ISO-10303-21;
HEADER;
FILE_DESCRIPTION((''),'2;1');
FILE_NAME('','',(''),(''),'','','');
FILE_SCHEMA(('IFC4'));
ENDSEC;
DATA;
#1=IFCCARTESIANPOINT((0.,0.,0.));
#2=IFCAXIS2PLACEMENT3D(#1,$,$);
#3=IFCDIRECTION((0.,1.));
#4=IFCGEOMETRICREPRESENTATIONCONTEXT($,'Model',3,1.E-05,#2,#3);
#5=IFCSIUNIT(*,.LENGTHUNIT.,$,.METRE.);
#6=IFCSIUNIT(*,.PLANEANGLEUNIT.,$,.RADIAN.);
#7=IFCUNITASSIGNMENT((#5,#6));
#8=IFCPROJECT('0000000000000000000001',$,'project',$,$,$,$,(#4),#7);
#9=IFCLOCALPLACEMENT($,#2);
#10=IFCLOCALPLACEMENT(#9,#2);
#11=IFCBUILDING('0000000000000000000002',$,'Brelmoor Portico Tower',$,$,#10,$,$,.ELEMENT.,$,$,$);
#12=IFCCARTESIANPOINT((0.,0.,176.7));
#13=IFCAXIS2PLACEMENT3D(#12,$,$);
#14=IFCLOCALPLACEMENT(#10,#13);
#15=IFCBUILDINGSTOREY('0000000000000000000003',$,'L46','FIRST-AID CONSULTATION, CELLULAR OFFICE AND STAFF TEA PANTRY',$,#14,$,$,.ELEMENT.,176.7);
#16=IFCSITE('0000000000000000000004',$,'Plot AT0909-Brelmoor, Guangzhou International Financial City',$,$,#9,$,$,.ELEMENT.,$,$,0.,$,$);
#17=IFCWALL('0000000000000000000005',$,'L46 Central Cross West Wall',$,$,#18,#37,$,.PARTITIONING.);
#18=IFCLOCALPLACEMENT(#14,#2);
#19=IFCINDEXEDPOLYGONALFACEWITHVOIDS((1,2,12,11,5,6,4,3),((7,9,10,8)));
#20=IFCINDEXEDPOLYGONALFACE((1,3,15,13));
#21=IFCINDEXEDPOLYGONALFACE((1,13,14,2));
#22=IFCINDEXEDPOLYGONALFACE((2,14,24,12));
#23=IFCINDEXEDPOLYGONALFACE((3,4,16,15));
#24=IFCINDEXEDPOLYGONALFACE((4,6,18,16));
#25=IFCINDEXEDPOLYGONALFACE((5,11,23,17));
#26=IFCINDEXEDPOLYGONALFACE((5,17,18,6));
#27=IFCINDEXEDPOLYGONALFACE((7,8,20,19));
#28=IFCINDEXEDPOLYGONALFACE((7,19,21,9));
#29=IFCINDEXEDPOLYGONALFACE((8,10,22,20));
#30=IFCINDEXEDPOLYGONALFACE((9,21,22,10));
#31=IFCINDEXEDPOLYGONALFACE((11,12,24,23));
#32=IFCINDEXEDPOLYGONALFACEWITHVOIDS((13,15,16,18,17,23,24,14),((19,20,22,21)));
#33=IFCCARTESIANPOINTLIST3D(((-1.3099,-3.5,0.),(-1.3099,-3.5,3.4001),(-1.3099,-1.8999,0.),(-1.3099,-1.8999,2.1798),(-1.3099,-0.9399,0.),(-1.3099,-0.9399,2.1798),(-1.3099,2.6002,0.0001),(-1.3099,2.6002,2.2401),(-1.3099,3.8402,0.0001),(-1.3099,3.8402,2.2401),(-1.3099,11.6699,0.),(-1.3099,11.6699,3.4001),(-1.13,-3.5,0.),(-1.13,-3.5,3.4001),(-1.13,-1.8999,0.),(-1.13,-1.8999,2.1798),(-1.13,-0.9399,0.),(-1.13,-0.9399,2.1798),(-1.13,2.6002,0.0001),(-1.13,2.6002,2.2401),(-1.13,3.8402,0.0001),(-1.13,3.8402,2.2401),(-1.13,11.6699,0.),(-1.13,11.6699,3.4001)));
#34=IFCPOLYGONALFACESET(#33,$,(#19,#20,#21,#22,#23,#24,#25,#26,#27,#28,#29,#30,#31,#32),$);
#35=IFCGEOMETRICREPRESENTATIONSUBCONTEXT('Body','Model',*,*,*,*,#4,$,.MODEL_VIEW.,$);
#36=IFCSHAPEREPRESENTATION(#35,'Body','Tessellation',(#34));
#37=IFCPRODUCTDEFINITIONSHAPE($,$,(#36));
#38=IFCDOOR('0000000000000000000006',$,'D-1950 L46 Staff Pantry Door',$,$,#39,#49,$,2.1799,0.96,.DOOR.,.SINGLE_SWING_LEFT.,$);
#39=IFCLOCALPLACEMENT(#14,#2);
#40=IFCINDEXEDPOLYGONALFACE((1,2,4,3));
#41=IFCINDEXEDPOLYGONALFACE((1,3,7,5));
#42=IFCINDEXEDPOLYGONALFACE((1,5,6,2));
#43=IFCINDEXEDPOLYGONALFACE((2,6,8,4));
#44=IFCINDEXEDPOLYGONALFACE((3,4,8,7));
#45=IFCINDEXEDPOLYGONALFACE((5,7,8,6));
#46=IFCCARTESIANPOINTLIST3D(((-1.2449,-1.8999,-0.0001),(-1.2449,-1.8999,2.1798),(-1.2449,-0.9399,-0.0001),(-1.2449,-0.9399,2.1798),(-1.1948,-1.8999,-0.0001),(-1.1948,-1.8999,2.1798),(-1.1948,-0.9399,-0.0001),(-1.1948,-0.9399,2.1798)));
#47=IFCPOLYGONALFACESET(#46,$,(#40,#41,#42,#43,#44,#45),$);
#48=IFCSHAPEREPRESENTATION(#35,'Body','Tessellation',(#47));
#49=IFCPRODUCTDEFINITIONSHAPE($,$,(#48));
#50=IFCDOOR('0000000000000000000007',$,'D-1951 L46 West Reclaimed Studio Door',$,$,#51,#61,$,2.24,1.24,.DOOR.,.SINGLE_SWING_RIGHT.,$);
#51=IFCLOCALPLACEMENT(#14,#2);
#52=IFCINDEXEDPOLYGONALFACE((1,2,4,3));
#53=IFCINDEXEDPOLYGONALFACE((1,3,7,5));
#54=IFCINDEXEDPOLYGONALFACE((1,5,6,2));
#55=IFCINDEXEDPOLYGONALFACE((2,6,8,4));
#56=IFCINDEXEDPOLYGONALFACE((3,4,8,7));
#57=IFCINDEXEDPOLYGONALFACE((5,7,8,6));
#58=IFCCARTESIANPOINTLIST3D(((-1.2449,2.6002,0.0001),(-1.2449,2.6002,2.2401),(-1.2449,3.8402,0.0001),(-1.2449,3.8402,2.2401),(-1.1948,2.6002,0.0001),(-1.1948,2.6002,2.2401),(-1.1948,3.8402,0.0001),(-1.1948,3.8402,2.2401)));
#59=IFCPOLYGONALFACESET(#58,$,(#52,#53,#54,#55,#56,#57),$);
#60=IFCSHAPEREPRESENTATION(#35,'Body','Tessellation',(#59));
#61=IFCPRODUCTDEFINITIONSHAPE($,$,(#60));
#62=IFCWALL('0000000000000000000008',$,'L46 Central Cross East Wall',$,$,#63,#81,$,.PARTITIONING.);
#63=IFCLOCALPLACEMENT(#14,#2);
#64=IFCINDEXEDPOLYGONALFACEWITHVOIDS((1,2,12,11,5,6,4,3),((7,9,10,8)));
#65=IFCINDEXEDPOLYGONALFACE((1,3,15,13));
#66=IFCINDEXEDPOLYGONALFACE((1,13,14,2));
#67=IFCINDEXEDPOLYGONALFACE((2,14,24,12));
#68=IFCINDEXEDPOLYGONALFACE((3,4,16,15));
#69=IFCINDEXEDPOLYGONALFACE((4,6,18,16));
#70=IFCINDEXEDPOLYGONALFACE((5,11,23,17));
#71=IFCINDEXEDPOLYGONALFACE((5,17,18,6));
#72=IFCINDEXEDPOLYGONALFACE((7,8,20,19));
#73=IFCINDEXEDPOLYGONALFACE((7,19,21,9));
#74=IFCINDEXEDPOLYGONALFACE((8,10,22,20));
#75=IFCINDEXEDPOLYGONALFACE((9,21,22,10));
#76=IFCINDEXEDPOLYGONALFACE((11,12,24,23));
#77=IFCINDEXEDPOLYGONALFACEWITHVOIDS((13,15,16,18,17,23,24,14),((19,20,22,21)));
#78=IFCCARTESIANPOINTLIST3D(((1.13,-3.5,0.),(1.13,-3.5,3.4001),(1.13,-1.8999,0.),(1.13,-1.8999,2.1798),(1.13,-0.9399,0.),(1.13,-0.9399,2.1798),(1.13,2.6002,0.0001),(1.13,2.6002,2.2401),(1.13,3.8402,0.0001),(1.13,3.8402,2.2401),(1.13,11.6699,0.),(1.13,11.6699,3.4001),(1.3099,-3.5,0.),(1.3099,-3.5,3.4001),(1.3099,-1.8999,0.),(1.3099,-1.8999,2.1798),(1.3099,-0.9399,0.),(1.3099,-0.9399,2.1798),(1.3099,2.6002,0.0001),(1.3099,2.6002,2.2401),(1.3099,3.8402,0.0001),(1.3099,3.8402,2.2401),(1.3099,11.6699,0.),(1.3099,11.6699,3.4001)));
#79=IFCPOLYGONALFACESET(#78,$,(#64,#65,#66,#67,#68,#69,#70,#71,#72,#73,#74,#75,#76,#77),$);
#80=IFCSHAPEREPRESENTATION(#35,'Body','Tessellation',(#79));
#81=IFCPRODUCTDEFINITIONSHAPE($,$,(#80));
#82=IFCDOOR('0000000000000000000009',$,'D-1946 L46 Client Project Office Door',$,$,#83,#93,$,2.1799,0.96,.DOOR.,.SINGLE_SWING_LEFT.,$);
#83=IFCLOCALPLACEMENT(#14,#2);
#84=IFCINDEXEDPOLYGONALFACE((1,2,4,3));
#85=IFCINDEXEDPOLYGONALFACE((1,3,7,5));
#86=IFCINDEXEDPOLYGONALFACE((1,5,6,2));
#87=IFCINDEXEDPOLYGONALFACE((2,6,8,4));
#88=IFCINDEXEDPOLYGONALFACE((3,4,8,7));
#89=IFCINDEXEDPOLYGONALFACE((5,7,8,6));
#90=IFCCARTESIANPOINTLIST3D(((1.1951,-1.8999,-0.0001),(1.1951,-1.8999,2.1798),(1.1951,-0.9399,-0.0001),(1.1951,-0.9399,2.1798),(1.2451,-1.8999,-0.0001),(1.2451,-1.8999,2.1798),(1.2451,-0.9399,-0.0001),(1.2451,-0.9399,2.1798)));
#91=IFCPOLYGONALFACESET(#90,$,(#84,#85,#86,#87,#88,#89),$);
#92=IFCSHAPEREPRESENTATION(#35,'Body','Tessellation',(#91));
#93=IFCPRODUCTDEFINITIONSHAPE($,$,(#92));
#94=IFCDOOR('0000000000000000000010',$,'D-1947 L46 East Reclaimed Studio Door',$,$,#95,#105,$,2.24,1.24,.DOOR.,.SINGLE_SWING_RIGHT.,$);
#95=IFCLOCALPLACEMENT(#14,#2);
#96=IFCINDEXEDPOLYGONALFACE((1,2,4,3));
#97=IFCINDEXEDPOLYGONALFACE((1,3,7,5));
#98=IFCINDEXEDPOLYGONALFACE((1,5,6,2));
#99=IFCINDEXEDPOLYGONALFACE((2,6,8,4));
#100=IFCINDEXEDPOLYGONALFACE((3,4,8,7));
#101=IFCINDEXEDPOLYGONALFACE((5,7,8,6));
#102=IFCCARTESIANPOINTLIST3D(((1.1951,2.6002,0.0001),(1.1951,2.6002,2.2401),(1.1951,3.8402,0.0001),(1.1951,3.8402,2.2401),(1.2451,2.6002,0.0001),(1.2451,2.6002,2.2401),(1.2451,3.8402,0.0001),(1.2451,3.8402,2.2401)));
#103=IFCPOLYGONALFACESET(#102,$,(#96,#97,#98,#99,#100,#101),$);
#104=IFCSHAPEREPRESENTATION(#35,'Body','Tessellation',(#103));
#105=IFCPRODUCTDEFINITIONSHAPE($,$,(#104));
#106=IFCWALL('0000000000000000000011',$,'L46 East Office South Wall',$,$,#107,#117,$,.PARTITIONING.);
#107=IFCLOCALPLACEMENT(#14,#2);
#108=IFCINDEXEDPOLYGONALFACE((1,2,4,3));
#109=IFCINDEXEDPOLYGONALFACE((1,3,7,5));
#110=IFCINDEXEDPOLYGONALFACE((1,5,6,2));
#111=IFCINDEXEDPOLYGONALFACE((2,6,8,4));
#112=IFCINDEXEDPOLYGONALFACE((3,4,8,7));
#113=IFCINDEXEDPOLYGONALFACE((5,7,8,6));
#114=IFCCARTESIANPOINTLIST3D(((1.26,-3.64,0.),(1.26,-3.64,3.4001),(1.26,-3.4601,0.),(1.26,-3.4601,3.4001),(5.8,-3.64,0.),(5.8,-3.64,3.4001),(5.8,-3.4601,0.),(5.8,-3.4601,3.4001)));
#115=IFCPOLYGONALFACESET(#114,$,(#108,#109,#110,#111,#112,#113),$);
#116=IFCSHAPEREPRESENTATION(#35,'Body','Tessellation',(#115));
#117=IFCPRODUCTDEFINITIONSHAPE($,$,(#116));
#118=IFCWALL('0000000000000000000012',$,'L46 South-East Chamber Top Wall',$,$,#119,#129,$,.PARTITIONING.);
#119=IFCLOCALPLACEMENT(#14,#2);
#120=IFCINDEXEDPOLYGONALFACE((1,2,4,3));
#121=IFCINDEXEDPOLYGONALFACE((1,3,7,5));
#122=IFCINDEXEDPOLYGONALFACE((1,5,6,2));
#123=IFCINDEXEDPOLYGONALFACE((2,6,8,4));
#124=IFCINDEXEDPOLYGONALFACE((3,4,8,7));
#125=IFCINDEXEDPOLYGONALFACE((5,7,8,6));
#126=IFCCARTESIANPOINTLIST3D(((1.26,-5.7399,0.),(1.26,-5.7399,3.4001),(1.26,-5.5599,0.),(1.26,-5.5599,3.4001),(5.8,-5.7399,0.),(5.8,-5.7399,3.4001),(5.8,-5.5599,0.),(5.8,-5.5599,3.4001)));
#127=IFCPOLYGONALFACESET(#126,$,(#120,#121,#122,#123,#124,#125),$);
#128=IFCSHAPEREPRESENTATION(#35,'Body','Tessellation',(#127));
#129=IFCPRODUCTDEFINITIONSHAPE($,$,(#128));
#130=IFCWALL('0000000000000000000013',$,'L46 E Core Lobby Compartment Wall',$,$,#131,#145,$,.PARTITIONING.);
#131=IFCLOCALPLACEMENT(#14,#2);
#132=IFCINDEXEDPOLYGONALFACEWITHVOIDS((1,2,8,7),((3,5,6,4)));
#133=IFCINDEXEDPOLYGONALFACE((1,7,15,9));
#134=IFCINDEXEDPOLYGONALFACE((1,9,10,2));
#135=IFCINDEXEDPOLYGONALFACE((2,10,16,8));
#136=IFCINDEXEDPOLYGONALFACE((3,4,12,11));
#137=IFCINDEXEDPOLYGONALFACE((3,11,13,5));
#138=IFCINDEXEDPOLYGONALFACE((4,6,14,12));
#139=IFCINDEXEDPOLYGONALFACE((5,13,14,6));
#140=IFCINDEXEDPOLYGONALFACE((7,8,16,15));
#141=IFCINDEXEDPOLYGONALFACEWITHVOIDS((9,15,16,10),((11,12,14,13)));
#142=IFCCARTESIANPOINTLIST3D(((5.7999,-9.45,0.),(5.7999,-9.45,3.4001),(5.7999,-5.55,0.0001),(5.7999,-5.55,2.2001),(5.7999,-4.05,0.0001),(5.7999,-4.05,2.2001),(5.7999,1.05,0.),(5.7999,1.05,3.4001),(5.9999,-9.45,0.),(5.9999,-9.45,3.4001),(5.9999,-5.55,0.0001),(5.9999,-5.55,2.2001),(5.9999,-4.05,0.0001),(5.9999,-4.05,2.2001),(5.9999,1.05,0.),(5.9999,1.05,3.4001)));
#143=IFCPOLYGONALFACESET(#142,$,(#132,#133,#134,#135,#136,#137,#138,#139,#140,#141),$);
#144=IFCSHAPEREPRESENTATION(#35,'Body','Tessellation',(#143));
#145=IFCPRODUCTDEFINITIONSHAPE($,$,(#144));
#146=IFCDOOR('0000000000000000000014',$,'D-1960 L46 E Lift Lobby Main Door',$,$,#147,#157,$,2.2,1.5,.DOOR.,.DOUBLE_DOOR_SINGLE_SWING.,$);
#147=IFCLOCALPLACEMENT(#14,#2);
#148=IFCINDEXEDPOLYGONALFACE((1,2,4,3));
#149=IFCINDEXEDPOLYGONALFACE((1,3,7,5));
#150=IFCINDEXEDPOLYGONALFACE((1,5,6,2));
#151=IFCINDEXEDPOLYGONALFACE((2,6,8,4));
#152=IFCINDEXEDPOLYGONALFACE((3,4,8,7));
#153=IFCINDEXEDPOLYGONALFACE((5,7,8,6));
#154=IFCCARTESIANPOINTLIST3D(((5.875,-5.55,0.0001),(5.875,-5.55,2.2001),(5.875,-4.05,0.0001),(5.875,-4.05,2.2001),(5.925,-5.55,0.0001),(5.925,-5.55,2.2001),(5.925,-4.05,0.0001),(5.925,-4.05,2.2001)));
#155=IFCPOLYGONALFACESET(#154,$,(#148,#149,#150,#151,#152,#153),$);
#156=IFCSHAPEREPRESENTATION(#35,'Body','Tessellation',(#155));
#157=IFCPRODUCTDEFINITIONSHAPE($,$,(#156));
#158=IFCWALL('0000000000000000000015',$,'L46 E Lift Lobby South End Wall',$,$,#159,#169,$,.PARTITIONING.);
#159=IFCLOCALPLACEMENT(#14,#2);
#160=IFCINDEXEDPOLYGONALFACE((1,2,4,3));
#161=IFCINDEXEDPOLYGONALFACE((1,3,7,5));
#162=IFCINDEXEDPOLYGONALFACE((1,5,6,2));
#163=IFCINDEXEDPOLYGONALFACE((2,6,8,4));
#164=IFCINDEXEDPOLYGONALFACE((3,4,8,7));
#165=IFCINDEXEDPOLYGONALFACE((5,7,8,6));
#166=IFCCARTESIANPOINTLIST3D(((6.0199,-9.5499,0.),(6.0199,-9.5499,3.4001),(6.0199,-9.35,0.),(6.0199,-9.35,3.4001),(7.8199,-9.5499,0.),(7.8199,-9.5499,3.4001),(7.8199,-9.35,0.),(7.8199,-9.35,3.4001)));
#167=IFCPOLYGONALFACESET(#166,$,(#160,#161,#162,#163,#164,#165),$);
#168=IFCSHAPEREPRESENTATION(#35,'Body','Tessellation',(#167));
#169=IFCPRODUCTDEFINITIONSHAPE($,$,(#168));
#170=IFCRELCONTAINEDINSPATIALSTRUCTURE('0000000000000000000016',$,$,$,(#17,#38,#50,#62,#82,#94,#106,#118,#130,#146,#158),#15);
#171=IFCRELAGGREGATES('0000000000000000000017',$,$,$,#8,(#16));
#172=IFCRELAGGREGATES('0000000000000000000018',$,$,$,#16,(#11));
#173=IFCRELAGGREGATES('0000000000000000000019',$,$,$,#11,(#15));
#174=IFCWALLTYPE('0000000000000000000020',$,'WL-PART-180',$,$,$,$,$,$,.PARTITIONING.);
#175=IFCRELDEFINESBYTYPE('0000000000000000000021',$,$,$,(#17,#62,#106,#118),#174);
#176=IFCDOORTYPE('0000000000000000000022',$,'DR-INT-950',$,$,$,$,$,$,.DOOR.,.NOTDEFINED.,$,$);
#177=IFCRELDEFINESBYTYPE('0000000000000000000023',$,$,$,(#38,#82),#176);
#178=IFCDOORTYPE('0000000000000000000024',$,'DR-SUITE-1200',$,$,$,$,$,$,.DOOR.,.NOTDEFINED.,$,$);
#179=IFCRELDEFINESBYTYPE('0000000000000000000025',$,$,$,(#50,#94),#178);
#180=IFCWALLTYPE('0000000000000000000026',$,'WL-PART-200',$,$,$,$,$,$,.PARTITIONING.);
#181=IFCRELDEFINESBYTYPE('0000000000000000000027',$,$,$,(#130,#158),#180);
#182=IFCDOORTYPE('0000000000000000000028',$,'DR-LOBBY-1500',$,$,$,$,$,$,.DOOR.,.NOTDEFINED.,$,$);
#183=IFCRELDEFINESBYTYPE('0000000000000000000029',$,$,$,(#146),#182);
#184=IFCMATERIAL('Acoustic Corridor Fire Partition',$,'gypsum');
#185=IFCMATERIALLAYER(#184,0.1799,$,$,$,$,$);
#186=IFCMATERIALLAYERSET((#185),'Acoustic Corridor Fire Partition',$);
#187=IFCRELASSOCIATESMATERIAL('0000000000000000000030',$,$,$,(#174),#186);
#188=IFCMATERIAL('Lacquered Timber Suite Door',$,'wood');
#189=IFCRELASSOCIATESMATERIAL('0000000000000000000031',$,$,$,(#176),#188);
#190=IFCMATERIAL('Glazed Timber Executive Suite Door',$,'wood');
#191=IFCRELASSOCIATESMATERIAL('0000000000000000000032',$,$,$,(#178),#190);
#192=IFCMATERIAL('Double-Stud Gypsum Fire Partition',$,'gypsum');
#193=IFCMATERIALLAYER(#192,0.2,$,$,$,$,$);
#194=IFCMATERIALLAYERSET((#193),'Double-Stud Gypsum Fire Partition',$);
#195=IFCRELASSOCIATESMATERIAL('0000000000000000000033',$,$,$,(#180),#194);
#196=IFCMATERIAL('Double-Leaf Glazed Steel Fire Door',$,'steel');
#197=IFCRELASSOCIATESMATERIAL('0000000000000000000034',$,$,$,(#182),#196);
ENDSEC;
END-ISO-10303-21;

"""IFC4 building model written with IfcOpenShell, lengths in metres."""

from ifc_helpers import new_model, si_unit, direction, frame, frame_2d, origin, place, context, subcontext, project, spatial, rectangle, extrude, material, layer, layer_set, type_object, element, fill, save


model = new_model("IFC4")

# Units and contexts
model_context = context("Model", 3, precision=1e-05, world=origin(), true_north=direction((0.0, 1.0)))
body_context = subcontext(model_context, "Body", "Model", "MODEL_VIEW")
ifc_project = project(units=[si_unit("LENGTHUNIT", "METRE"), si_unit("PLANEANGLEUNIT", "RADIAN")], contexts=[model_context])

# Site, building, storey
site_placement = place(None, origin())
site = spatial("IfcSite", under=ifc_project, at=site_placement, Name="Plot AT0909-Brelmoor, Guangzhou International Financial City", CompositionType="ELEMENT", RefElevation=0.0)
building_placement = place(site_placement, origin())
building = spatial("IfcBuilding", under=site, at=building_placement, Name="Brelmoor Portico Tower", CompositionType="ELEMENT")
storey_placement = place(building_placement, frame((0.0, 0.0, 176.7)))
storey = spatial("IfcBuildingStorey", under=building, at=storey_placement, Name="L46", Description="FIRST-AID CONSULTATION, CELLULAR OFFICE AND STAFF TEA PANTRY", CompositionType="ELEMENT", Elevation=176.7)

# Walls, openings, doors
ifc_material_1 = material(Name="Acoustic Corridor Fire Partition", Category="gypsum")
ifc_layer_1 = layer(ifc_material_1, 0.1799)
ifc_layer_set_1 = layer_set([ifc_layer_1], Name="Acoustic Corridor Fire Partition")
wall_type_1 = type_object("IfcWallType", Name="WL-PART-180", PredefinedType="PARTITIONING", material=ifc_layer_set_1)
wall_1_placement = place(storey_placement, frame((-1.22, -3.5, 0.0), z_axis=(0.0, 0.0, 1.0), x_axis=(0.0, 1.0, 0.0)))
wall_1 = element("IfcWall", 1, at=wall_1_placement, inside=storey, type_object=wall_type_1, Name="L46 Central Cross West Wall", PredefinedType="PARTITIONING", context=body_context, shape_type="SweptSolid", body=[
    extrude(rectangle(XDim=15.1699, YDim=0.1799, at=frame_2d((7.585, 0.0))), origin(), (0.0, 0.0, 1.0), 3.4001),
])
opening_1_placement = place(wall_1_placement, frame((6.1001, 0.0, 0.0)))
opening_1 = element("IfcOpeningElement", 2, at=opening_1_placement, cuts=wall_1, PredefinedType="OPENING", context=body_context, shape_type="SweptSolid", body=[
    extrude(rectangle(XDim=1.24, YDim=2.24, at=frame_2d((0.6201, 1.1201))), frame((0.0, 0.0999, 0.0), z_axis=(0.0, -1.0, 0.0), x_axis=(1.0, 0.0, 0.0)), (0.0, 0.0, 1.0), 0.2),
])
opening_2_placement = place(wall_1_placement, frame((1.6001, 0.0, 0.0)))
opening_2 = element("IfcOpeningElement", 3, at=opening_2_placement, cuts=wall_1, PredefinedType="OPENING", context=body_context, shape_type="SweptSolid", body=[
    extrude(rectangle(XDim=0.96, YDim=2.1799, at=frame_2d((0.48, 1.0898))), frame((0.0, 0.0999, 0.0), z_axis=(0.0, -1.0, 0.0), x_axis=(1.0, 0.0, 0.0)), (0.0, 0.0, 1.0), 0.2),
])
ifc_material_2 = material(Name="Lacquered Timber Suite Door", Category="wood")
door_type_1 = type_object("IfcDoorType", Name="DR-INT-950", OperationType="NOTDEFINED", PredefinedType="DOOR", material=ifc_material_2)
door_1_placement = place(opening_2_placement, origin())
door_1 = element("IfcDoor", 4, at=door_1_placement, inside=storey, type_object=door_type_1, Name="D-1950 L46 Staff Pantry Door", OperationType="SINGLE_SWING_LEFT", OverallHeight=2.1799, OverallWidth=0.96, PredefinedType="DOOR", context=body_context, shape_type="SweptSolid", body=[
    extrude(rectangle(XDim=0.96, YDim=2.1799, at=frame_2d((0.48, 1.0898))), frame((0.0, 0.0249, 0.0), z_axis=(0.0, -1.0, 0.0), x_axis=(1.0, 0.0, 0.0)), (0.0, 0.0, 1.0), 0.05),
])
fill(opening_2, door_1)
ifc_material_3 = material(Name="Glazed Timber Executive Suite Door", Category="wood")
door_type_2 = type_object("IfcDoorType", Name="DR-SUITE-1200", OperationType="NOTDEFINED", PredefinedType="DOOR", material=ifc_material_3)
door_2_placement = place(opening_1_placement, origin())
door_2 = element("IfcDoor", 5, at=door_2_placement, inside=storey, type_object=door_type_2, Name="D-1951 L46 West Reclaimed Studio Door", OperationType="SINGLE_SWING_RIGHT", OverallHeight=2.24, OverallWidth=1.24, PredefinedType="DOOR", context=body_context, shape_type="SweptSolid", body=[
    extrude(rectangle(XDim=1.24, YDim=2.24, at=frame_2d((0.6201, 1.1201))), frame((0.0, 0.0249, 0.0), z_axis=(0.0, -1.0, 0.0), x_axis=(1.0, 0.0, 0.0)), (0.0, 0.0, 1.0), 0.05),
])
fill(opening_1, door_2)
wall_2_placement = place(storey_placement, frame((1.22, -3.5, 0.0), z_axis=(0.0, 0.0, 1.0), x_axis=(0.0, 1.0, 0.0)))
wall_2 = element("IfcWall", 6, at=wall_2_placement, inside=storey, type_object=wall_type_1, Name="L46 Central Cross East Wall", PredefinedType="PARTITIONING", context=body_context, shape_type="SweptSolid", body=[
    extrude(rectangle(XDim=15.1699, YDim=0.1799, at=frame_2d((7.585, 0.0))), origin(), (0.0, 0.0, 1.0), 3.4001),
])
opening_3_placement = place(wall_2_placement, frame((6.1001, 0.0, 0.0)))
opening_3 = element("IfcOpeningElement", 7, at=opening_3_placement, cuts=wall_2, PredefinedType="OPENING", context=body_context, shape_type="SweptSolid", body=[
    extrude(rectangle(XDim=1.24, YDim=2.24, at=frame_2d((0.6201, 1.1201))), frame((0.0, 0.0999, 0.0), z_axis=(0.0, -1.0, 0.0), x_axis=(1.0, 0.0, 0.0)), (0.0, 0.0, 1.0), 0.2),
])
opening_4_placement = place(wall_2_placement, frame((1.6001, 0.0, 0.0)))
opening_4 = element("IfcOpeningElement", 8, at=opening_4_placement, cuts=wall_2, PredefinedType="OPENING", context=body_context, shape_type="SweptSolid", body=[
    extrude(rectangle(XDim=0.96, YDim=2.1799, at=frame_2d((0.48, 1.0898))), frame((0.0, 0.0999, 0.0), z_axis=(0.0, -1.0, 0.0), x_axis=(1.0, 0.0, 0.0)), (0.0, 0.0, 1.0), 0.2),
])
door_3_placement = place(opening_4_placement, origin())
door_3 = element("IfcDoor", 9, at=door_3_placement, inside=storey, type_object=door_type_1, Name="D-1946 L46 Client Project Office Door", OperationType="SINGLE_SWING_LEFT", OverallHeight=2.1799, OverallWidth=0.96, PredefinedType="DOOR", context=body_context, shape_type="SweptSolid", body=[
    extrude(rectangle(XDim=0.96, YDim=2.1799, at=frame_2d((0.48, 1.0898))), frame((0.0, 0.0249, 0.0), z_axis=(0.0, -1.0, 0.0), x_axis=(1.0, 0.0, 0.0)), (0.0, 0.0, 1.0), 0.05),
])
fill(opening_4, door_3)
door_4_placement = place(opening_3_placement, origin())
door_4 = element("IfcDoor", 10, at=door_4_placement, inside=storey, type_object=door_type_2, Name="D-1947 L46 East Reclaimed Studio Door", OperationType="SINGLE_SWING_RIGHT", OverallHeight=2.24, OverallWidth=1.24, PredefinedType="DOOR", context=body_context, shape_type="SweptSolid", body=[
    extrude(rectangle(XDim=1.24, YDim=2.24, at=frame_2d((0.6201, 1.1201))), frame((0.0, 0.0249, 0.0), z_axis=(0.0, -1.0, 0.0), x_axis=(1.0, 0.0, 0.0)), (0.0, 0.0, 1.0), 0.05),
])
fill(opening_3, door_4)

# Walls
for number, where, z_axis, x_axis, name in (
    (11, (1.26, -3.55, 0.0), (0.0, 0.0, 1.0), (1.0, 0.0, 0.0), "L46 East Office South Wall"),
    (12, (1.26, -5.6499, 0.0), (0.0, 0.0, 1.0), (1.0, 0.0, 0.0), "L46 South-East Chamber Top Wall"),
):
    element("IfcWall", number, at=place(storey_placement, frame(where, z_axis=z_axis, x_axis=x_axis)), inside=storey, type_object=wall_type_1, Name=name, PredefinedType="PARTITIONING", context=body_context, shape_type="SweptSolid", body=[
        extrude(rectangle(XDim=4.54, YDim=0.1799, at=frame_2d((2.27, 0.0))), origin(), (0.0, 0.0, 1.0), 3.4001),
    ])

# Wall, opening, door
ifc_material_4 = material(Name="Double-Stud Gypsum Fire Partition", Category="gypsum")
ifc_layer_2 = layer(ifc_material_4, 0.2)
ifc_layer_set_2 = layer_set([ifc_layer_2], Name="Double-Stud Gypsum Fire Partition")
wall_type_2 = type_object("IfcWallType", Name="WL-PART-200", PredefinedType="PARTITIONING", material=ifc_layer_set_2)
wall_3_placement = place(storey_placement, frame((5.8999, -9.45, 0.0), z_axis=(0.0, 0.0, 1.0), x_axis=(0.0, 1.0, 0.0)))
wall_3 = element("IfcWall", 13, at=wall_3_placement, inside=storey, type_object=wall_type_2, Name="L46 E Core Lobby Compartment Wall", PredefinedType="PARTITIONING", context=body_context, shape_type="SweptSolid", body=[
    extrude(rectangle(XDim=10.5, YDim=0.2, at=frame_2d((5.25, 0.0))), origin(), (0.0, 0.0, 1.0), 3.4001),
])
opening_5_placement = place(wall_3_placement, frame((3.8999, 0.0, 0.0)))
opening_5 = element("IfcOpeningElement", 14, at=opening_5_placement, cuts=wall_3, PredefinedType="OPENING", context=body_context, shape_type="SweptSolid", body=[
    extrude(rectangle(XDim=1.5, YDim=2.2, at=frame_2d((0.75, 1.1001))), frame((0.0, 0.1099, 0.0), z_axis=(0.0, -1.0, 0.0), x_axis=(1.0, 0.0, 0.0)), (0.0, 0.0, 1.0), 0.22),
])
ifc_material_5 = material(Name="Double-Leaf Glazed Steel Fire Door", Category="steel")
door_type_3 = type_object("IfcDoorType", Name="DR-LOBBY-1500", OperationType="NOTDEFINED", PredefinedType="DOOR", material=ifc_material_5)
door_5_placement = place(opening_5_placement, origin())
door_5 = element("IfcDoor", 15, at=door_5_placement, inside=storey, type_object=door_type_3, Name="D-1960 L46 E Lift Lobby Main Door", OperationType="DOUBLE_DOOR_SINGLE_SWING", OverallHeight=2.2, OverallWidth=1.5, PredefinedType="DOOR", context=body_context, shape_type="SweptSolid", body=[
    extrude(rectangle(XDim=1.5, YDim=2.2, at=frame_2d((0.75, 1.1001))), frame((0.0, 0.0249, 0.0), z_axis=(0.0, -1.0, 0.0), x_axis=(1.0, 0.0, 0.0)), (0.0, 0.0, 1.0), 0.05),
])
fill(opening_5, door_5)

# Wall
wall_4_placement = place(storey_placement, frame((6.02, -9.45, 0.0), z_axis=(0.0, 0.0, 1.0), x_axis=(1.0, 0.0, 0.0)))
element("IfcWall", 16, at=wall_4_placement, inside=storey, type_object=wall_type_2, Name="L46 E Lift Lobby South End Wall", PredefinedType="PARTITIONING", context=body_context, shape_type="SweptSolid", body=[
    extrude(rectangle(XDim=1.8, YDim=0.2, at=frame_2d((0.8999, 0.0))), origin(), (0.0, 0.0, 1.0), 3.4001),
])

save(model, "model.ifc")
